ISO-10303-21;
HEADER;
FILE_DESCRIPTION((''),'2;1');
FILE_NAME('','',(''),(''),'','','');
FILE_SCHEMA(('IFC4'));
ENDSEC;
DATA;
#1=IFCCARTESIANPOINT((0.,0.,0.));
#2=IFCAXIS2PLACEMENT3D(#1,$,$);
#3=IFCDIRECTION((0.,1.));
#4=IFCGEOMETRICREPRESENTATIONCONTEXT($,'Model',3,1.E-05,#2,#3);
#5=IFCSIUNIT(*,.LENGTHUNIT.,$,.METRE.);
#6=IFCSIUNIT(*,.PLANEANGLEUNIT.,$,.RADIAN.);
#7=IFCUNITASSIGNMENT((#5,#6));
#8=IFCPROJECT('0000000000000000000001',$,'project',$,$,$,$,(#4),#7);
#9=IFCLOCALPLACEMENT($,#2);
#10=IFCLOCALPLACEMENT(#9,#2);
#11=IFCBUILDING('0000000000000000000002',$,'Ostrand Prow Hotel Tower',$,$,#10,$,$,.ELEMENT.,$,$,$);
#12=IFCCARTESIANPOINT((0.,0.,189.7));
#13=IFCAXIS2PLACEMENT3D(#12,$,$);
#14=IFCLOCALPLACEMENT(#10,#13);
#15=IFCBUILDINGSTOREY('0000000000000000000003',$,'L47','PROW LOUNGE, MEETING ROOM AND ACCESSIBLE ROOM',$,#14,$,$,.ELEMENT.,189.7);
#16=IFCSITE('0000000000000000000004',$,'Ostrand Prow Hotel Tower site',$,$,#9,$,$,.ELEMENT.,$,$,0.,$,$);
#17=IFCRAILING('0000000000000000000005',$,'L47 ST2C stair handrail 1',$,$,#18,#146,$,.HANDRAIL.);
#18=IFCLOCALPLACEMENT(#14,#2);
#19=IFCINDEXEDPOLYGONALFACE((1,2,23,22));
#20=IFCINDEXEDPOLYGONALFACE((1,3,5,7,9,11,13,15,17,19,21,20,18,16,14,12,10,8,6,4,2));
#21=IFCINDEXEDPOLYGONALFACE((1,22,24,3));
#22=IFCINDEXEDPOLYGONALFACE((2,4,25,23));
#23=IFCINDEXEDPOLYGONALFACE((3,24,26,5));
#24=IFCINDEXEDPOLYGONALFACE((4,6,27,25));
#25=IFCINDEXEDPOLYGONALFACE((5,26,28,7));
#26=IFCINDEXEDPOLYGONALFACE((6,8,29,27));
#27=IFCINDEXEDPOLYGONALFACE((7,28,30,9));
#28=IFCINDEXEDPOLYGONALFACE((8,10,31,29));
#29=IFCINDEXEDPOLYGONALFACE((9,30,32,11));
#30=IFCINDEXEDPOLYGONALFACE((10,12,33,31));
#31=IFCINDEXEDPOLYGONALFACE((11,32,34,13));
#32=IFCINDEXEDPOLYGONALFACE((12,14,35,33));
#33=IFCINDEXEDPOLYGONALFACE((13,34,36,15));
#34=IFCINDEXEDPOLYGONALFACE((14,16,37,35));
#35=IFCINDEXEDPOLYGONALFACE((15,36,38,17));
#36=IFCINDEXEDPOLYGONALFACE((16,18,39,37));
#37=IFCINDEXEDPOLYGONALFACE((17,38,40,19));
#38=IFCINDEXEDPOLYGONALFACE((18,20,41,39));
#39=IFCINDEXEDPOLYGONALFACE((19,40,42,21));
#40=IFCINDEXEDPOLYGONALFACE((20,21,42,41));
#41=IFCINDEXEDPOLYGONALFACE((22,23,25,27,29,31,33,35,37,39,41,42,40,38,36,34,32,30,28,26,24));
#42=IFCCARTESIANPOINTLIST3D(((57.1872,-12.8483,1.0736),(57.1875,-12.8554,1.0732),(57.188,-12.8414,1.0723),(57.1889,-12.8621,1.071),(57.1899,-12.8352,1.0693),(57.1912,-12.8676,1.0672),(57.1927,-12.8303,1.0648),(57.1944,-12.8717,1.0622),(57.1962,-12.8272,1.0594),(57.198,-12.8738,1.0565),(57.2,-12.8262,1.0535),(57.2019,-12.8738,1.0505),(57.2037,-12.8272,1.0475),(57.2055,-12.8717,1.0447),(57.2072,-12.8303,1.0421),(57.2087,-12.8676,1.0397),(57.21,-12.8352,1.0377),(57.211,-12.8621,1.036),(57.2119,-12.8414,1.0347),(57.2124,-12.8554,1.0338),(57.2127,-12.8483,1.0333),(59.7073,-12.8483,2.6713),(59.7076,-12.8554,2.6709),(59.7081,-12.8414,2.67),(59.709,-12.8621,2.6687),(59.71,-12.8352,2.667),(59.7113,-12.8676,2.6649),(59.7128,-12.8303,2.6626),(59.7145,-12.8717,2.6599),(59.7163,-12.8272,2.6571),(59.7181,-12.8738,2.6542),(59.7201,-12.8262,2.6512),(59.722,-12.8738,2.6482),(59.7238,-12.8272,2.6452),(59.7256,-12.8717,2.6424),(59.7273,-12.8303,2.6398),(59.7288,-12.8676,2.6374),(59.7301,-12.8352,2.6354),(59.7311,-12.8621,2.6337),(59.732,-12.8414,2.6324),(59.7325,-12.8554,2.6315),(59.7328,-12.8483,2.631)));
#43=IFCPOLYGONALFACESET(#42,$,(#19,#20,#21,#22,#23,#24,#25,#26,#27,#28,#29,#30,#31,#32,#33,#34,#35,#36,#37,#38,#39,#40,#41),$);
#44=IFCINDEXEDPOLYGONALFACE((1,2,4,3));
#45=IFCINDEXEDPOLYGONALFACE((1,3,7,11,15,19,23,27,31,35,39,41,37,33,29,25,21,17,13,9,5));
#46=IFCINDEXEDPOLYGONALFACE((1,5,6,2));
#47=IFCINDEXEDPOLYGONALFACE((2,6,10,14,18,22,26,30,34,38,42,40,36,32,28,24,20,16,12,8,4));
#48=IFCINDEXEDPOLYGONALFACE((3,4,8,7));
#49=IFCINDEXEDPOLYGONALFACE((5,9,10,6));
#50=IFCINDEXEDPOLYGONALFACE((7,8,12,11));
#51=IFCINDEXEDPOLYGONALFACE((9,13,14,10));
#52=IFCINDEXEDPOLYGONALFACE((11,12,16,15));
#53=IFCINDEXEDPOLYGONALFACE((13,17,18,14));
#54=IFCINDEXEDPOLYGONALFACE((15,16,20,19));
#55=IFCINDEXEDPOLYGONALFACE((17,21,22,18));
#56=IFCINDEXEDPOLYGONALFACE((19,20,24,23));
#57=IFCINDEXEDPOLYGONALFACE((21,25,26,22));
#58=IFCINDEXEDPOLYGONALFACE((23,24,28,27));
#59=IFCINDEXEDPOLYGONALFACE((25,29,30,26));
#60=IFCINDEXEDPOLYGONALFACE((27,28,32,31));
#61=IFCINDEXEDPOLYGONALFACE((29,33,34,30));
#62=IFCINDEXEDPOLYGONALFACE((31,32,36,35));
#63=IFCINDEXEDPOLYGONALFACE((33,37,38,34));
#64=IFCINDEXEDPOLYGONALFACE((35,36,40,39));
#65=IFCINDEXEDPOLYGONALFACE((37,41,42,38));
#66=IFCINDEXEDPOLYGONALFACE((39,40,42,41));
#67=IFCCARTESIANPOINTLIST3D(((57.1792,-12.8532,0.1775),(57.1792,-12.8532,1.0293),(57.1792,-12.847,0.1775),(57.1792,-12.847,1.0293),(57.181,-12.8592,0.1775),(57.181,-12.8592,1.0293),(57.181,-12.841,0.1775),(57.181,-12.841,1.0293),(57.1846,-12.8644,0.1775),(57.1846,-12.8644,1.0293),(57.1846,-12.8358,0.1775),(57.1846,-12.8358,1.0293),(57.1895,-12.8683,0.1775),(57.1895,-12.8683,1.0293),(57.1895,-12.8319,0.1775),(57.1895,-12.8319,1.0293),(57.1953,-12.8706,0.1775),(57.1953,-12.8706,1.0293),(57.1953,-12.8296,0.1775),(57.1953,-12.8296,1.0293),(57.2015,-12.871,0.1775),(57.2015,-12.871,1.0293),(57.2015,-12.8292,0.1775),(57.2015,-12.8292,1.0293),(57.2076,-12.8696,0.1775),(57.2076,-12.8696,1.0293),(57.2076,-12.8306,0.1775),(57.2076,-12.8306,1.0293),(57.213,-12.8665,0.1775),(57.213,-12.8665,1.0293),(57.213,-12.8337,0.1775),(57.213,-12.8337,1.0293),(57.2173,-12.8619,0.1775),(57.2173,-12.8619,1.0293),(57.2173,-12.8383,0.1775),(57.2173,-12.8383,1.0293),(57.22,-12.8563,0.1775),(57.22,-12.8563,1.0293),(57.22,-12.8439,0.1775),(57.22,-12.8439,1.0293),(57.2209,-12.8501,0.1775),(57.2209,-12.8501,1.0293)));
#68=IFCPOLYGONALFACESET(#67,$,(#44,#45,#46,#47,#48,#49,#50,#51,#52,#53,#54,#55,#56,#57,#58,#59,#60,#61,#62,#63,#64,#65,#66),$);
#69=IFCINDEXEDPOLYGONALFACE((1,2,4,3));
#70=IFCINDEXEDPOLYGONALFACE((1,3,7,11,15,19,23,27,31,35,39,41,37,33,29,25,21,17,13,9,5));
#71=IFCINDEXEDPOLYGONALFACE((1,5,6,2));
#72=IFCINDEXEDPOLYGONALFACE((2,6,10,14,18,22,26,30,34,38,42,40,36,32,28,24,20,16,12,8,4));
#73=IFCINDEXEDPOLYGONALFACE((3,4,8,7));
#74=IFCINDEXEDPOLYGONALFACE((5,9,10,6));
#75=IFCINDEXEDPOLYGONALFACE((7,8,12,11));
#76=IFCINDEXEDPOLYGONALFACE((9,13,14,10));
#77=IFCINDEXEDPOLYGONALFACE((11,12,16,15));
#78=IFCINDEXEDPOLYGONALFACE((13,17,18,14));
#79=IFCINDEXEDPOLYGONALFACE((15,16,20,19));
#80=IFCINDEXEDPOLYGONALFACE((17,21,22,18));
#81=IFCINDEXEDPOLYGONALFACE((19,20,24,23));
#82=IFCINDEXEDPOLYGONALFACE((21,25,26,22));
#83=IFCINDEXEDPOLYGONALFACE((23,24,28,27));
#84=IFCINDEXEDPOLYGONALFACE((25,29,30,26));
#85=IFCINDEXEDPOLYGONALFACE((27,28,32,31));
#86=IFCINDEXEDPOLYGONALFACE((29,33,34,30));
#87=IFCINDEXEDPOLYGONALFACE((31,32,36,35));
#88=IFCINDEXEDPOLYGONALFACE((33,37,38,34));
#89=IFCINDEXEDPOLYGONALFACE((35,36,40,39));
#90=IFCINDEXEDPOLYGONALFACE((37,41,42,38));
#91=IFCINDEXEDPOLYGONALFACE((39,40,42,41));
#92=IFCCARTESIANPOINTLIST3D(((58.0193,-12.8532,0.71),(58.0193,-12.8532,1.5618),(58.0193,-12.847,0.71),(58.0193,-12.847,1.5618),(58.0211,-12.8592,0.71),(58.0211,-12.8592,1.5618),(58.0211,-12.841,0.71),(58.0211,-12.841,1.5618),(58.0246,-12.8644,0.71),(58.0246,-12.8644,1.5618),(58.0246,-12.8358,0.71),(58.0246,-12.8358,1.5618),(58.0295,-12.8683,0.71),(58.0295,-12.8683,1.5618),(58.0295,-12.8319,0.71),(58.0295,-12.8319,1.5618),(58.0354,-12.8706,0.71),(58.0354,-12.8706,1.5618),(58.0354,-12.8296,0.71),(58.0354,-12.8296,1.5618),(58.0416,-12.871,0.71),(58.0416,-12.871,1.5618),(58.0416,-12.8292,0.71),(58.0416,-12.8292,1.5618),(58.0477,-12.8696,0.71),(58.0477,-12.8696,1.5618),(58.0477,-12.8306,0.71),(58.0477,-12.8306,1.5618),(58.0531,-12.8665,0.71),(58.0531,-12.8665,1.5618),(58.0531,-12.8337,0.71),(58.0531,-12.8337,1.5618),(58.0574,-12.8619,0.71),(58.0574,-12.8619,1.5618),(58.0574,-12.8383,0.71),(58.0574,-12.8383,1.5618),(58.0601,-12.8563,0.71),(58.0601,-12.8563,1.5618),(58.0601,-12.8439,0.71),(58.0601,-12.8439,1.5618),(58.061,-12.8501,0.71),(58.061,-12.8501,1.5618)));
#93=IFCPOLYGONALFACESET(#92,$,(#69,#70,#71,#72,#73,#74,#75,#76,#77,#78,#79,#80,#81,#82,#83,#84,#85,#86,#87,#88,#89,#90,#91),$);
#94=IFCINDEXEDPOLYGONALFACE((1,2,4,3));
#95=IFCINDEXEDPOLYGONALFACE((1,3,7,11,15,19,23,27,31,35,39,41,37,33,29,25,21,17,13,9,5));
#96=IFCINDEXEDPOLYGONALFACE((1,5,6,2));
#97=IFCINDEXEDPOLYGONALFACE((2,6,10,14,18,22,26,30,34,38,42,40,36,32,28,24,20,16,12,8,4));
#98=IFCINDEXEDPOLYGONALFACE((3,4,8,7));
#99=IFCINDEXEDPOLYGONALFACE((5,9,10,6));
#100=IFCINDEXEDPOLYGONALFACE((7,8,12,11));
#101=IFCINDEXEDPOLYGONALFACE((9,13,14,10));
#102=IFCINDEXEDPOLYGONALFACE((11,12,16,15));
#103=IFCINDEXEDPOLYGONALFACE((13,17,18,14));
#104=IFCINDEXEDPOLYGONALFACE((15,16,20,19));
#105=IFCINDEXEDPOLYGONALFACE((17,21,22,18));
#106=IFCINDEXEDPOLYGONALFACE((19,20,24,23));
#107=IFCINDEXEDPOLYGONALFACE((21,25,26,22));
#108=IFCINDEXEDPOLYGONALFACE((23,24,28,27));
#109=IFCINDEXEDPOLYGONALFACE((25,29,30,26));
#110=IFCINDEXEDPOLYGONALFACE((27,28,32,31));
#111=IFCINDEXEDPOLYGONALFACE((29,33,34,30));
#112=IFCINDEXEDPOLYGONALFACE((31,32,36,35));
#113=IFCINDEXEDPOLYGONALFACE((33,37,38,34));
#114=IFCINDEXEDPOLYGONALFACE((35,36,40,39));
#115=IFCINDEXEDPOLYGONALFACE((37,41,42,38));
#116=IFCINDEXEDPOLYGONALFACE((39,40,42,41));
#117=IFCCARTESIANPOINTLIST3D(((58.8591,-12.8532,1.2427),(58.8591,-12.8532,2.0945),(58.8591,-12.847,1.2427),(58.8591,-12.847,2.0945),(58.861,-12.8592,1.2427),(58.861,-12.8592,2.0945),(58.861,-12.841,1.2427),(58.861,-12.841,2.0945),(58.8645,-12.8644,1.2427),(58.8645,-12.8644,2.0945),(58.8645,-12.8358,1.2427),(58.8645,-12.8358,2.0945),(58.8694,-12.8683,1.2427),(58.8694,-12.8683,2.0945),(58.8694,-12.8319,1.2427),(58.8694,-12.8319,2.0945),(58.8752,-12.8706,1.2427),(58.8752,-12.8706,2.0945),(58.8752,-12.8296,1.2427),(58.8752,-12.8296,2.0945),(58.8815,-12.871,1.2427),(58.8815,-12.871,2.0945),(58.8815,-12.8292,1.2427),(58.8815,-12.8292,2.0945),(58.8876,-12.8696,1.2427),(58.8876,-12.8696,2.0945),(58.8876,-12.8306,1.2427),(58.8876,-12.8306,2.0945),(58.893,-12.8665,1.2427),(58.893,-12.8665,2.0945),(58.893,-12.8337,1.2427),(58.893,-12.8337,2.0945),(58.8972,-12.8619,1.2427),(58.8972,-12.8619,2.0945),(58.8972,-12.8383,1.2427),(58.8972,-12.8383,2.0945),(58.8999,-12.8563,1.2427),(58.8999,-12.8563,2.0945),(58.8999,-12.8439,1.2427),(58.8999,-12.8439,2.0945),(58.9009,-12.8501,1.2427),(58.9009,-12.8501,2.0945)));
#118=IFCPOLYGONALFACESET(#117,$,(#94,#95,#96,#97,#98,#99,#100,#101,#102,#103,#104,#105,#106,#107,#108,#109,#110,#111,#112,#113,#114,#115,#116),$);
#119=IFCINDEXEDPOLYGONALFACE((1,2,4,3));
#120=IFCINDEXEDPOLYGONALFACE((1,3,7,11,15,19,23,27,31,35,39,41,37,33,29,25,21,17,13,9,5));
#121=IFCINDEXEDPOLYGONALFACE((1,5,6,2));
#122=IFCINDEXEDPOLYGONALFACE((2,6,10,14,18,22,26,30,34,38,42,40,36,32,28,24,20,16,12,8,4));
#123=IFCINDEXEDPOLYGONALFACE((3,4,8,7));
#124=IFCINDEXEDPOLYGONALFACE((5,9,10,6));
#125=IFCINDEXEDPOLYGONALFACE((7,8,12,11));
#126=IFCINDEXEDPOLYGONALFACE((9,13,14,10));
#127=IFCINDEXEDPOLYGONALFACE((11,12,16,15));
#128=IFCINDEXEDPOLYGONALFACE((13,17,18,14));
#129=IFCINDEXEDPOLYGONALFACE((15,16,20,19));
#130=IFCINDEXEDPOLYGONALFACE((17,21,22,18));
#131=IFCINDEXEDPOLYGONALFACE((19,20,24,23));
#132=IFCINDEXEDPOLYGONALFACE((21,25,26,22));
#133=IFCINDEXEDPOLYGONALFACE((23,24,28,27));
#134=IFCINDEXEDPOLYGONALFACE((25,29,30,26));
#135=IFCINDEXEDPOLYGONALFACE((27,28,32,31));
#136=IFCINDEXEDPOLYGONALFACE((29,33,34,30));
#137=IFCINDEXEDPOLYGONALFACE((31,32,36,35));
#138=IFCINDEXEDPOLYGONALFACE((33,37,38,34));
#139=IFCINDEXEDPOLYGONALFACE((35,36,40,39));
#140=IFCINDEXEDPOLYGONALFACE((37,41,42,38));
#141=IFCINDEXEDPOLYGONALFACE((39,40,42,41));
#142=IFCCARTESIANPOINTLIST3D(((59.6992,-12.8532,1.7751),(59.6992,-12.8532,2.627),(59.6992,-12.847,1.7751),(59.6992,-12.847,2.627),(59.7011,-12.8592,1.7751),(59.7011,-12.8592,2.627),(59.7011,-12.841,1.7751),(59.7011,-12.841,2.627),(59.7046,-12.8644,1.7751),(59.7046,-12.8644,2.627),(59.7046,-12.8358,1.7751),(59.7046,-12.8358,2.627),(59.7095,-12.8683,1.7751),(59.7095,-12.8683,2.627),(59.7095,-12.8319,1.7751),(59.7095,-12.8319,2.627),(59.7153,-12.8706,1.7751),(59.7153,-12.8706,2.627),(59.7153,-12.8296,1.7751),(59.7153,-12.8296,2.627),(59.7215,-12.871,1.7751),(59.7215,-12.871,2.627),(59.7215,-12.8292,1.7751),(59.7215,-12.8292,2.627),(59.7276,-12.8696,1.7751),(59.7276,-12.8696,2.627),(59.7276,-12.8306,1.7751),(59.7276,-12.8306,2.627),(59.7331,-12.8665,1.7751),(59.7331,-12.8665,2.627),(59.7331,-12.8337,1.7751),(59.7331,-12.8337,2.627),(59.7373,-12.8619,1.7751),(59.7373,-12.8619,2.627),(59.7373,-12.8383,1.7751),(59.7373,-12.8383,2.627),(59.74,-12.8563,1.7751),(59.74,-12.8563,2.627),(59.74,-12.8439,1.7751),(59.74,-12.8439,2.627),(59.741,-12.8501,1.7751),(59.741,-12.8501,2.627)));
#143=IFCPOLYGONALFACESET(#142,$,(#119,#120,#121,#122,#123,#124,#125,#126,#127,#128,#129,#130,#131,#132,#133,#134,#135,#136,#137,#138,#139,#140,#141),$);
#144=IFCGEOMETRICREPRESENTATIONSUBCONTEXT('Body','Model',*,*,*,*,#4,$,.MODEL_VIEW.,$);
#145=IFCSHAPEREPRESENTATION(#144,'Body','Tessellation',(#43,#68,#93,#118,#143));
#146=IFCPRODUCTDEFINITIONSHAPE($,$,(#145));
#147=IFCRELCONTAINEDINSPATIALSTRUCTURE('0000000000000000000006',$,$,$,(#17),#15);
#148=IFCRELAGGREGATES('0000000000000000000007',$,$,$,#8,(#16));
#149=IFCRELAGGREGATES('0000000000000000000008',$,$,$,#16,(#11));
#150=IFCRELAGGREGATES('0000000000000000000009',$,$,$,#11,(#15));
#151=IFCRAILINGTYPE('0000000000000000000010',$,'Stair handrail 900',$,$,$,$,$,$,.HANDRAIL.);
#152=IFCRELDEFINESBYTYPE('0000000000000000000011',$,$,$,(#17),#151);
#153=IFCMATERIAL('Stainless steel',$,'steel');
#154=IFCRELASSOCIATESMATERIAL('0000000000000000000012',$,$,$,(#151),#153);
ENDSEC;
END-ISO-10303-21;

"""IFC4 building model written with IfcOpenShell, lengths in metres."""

from ifc_helpers import new_model, si_unit, direction, frame, origin, origin_2d, place, context, subcontext, project, spatial, circle, extrude, material, type_object, element, save


model = new_model("IFC4")

# Units and contexts
model_context = context("Model", 3, precision=1e-05, world=origin(), true_north=direction((0.0, 1.0)))
body_context = subcontext(model_context, "Body", "Model", "MODEL_VIEW")
ifc_project = project(units=[si_unit("LENGTHUNIT", "METRE"), si_unit("PLANEANGLEUNIT", "RADIAN")], contexts=[model_context])

# Site, building, storey
site_placement = place(None, origin())
site = spatial("IfcSite", under=ifc_project, at=site_placement, Name="Ostrand Prow Hotel Tower site", CompositionType="ELEMENT", RefElevation=0.0)
building_placement = place(site_placement, origin())
building = spatial("IfcBuilding", under=site, at=building_placement, Name="Ostrand Prow Hotel Tower", CompositionType="ELEMENT")
storey_placement = place(building_placement, frame((0.0, 0.0, 189.7)))
storey = spatial("IfcBuildingStorey", under=building, at=storey_placement, Name="L47", Description="PROW LOUNGE, MEETING ROOM AND ACCESSIBLE ROOM", CompositionType="ELEMENT", Elevation=189.7)

# Railing
ifc_material_1 = material(Name="Stainless steel", Category="steel")
railing_type_1 = type_object("IfcRailingType", Name="Stair handrail 900", PredefinedType="HANDRAIL", material=ifc_material_1)
railing_1_placement = place(storey_placement, frame((57.2, -12.8501, 0.1775)))
element("IfcRailing", 1, at=railing_1_placement, inside=storey, type_object=railing_type_1, Name="L47 ST2C stair handrail 1", PredefinedType="HANDRAIL", context=body_context, shape_type="SweptSolid", body=[
    extrude(circle(Radius=0.0239, at=origin_2d()), frame((0.0, 0.0, 0.876), z_axis=(0.84457, 0.0, 0.535445), x_axis=(0.0, 1.0, 0.0)), (0.0, 0.0, 1.0), 2.9839),
    extrude(circle(Radius=0.021, at=origin_2d()), origin(), (0.0, 0.0, 1.0), 0.8518),
    extrude(circle(Radius=0.021, at=origin_2d()), frame((0.8401, 0.0, 0.5325)), (0.0, 0.0, 1.0), 0.8518),
    extrude(circle(Radius=0.021, at=origin_2d()), frame((1.6799, 0.0, 1.0652)), (0.0, 0.0, 1.0), 0.8518),
    extrude(circle(Radius=0.021, at=origin_2d()), frame((2.52, 0.0, 1.5977)), (0.0, 0.0, 1.0), 0.8518),
])

save(model, "model.ifc")
